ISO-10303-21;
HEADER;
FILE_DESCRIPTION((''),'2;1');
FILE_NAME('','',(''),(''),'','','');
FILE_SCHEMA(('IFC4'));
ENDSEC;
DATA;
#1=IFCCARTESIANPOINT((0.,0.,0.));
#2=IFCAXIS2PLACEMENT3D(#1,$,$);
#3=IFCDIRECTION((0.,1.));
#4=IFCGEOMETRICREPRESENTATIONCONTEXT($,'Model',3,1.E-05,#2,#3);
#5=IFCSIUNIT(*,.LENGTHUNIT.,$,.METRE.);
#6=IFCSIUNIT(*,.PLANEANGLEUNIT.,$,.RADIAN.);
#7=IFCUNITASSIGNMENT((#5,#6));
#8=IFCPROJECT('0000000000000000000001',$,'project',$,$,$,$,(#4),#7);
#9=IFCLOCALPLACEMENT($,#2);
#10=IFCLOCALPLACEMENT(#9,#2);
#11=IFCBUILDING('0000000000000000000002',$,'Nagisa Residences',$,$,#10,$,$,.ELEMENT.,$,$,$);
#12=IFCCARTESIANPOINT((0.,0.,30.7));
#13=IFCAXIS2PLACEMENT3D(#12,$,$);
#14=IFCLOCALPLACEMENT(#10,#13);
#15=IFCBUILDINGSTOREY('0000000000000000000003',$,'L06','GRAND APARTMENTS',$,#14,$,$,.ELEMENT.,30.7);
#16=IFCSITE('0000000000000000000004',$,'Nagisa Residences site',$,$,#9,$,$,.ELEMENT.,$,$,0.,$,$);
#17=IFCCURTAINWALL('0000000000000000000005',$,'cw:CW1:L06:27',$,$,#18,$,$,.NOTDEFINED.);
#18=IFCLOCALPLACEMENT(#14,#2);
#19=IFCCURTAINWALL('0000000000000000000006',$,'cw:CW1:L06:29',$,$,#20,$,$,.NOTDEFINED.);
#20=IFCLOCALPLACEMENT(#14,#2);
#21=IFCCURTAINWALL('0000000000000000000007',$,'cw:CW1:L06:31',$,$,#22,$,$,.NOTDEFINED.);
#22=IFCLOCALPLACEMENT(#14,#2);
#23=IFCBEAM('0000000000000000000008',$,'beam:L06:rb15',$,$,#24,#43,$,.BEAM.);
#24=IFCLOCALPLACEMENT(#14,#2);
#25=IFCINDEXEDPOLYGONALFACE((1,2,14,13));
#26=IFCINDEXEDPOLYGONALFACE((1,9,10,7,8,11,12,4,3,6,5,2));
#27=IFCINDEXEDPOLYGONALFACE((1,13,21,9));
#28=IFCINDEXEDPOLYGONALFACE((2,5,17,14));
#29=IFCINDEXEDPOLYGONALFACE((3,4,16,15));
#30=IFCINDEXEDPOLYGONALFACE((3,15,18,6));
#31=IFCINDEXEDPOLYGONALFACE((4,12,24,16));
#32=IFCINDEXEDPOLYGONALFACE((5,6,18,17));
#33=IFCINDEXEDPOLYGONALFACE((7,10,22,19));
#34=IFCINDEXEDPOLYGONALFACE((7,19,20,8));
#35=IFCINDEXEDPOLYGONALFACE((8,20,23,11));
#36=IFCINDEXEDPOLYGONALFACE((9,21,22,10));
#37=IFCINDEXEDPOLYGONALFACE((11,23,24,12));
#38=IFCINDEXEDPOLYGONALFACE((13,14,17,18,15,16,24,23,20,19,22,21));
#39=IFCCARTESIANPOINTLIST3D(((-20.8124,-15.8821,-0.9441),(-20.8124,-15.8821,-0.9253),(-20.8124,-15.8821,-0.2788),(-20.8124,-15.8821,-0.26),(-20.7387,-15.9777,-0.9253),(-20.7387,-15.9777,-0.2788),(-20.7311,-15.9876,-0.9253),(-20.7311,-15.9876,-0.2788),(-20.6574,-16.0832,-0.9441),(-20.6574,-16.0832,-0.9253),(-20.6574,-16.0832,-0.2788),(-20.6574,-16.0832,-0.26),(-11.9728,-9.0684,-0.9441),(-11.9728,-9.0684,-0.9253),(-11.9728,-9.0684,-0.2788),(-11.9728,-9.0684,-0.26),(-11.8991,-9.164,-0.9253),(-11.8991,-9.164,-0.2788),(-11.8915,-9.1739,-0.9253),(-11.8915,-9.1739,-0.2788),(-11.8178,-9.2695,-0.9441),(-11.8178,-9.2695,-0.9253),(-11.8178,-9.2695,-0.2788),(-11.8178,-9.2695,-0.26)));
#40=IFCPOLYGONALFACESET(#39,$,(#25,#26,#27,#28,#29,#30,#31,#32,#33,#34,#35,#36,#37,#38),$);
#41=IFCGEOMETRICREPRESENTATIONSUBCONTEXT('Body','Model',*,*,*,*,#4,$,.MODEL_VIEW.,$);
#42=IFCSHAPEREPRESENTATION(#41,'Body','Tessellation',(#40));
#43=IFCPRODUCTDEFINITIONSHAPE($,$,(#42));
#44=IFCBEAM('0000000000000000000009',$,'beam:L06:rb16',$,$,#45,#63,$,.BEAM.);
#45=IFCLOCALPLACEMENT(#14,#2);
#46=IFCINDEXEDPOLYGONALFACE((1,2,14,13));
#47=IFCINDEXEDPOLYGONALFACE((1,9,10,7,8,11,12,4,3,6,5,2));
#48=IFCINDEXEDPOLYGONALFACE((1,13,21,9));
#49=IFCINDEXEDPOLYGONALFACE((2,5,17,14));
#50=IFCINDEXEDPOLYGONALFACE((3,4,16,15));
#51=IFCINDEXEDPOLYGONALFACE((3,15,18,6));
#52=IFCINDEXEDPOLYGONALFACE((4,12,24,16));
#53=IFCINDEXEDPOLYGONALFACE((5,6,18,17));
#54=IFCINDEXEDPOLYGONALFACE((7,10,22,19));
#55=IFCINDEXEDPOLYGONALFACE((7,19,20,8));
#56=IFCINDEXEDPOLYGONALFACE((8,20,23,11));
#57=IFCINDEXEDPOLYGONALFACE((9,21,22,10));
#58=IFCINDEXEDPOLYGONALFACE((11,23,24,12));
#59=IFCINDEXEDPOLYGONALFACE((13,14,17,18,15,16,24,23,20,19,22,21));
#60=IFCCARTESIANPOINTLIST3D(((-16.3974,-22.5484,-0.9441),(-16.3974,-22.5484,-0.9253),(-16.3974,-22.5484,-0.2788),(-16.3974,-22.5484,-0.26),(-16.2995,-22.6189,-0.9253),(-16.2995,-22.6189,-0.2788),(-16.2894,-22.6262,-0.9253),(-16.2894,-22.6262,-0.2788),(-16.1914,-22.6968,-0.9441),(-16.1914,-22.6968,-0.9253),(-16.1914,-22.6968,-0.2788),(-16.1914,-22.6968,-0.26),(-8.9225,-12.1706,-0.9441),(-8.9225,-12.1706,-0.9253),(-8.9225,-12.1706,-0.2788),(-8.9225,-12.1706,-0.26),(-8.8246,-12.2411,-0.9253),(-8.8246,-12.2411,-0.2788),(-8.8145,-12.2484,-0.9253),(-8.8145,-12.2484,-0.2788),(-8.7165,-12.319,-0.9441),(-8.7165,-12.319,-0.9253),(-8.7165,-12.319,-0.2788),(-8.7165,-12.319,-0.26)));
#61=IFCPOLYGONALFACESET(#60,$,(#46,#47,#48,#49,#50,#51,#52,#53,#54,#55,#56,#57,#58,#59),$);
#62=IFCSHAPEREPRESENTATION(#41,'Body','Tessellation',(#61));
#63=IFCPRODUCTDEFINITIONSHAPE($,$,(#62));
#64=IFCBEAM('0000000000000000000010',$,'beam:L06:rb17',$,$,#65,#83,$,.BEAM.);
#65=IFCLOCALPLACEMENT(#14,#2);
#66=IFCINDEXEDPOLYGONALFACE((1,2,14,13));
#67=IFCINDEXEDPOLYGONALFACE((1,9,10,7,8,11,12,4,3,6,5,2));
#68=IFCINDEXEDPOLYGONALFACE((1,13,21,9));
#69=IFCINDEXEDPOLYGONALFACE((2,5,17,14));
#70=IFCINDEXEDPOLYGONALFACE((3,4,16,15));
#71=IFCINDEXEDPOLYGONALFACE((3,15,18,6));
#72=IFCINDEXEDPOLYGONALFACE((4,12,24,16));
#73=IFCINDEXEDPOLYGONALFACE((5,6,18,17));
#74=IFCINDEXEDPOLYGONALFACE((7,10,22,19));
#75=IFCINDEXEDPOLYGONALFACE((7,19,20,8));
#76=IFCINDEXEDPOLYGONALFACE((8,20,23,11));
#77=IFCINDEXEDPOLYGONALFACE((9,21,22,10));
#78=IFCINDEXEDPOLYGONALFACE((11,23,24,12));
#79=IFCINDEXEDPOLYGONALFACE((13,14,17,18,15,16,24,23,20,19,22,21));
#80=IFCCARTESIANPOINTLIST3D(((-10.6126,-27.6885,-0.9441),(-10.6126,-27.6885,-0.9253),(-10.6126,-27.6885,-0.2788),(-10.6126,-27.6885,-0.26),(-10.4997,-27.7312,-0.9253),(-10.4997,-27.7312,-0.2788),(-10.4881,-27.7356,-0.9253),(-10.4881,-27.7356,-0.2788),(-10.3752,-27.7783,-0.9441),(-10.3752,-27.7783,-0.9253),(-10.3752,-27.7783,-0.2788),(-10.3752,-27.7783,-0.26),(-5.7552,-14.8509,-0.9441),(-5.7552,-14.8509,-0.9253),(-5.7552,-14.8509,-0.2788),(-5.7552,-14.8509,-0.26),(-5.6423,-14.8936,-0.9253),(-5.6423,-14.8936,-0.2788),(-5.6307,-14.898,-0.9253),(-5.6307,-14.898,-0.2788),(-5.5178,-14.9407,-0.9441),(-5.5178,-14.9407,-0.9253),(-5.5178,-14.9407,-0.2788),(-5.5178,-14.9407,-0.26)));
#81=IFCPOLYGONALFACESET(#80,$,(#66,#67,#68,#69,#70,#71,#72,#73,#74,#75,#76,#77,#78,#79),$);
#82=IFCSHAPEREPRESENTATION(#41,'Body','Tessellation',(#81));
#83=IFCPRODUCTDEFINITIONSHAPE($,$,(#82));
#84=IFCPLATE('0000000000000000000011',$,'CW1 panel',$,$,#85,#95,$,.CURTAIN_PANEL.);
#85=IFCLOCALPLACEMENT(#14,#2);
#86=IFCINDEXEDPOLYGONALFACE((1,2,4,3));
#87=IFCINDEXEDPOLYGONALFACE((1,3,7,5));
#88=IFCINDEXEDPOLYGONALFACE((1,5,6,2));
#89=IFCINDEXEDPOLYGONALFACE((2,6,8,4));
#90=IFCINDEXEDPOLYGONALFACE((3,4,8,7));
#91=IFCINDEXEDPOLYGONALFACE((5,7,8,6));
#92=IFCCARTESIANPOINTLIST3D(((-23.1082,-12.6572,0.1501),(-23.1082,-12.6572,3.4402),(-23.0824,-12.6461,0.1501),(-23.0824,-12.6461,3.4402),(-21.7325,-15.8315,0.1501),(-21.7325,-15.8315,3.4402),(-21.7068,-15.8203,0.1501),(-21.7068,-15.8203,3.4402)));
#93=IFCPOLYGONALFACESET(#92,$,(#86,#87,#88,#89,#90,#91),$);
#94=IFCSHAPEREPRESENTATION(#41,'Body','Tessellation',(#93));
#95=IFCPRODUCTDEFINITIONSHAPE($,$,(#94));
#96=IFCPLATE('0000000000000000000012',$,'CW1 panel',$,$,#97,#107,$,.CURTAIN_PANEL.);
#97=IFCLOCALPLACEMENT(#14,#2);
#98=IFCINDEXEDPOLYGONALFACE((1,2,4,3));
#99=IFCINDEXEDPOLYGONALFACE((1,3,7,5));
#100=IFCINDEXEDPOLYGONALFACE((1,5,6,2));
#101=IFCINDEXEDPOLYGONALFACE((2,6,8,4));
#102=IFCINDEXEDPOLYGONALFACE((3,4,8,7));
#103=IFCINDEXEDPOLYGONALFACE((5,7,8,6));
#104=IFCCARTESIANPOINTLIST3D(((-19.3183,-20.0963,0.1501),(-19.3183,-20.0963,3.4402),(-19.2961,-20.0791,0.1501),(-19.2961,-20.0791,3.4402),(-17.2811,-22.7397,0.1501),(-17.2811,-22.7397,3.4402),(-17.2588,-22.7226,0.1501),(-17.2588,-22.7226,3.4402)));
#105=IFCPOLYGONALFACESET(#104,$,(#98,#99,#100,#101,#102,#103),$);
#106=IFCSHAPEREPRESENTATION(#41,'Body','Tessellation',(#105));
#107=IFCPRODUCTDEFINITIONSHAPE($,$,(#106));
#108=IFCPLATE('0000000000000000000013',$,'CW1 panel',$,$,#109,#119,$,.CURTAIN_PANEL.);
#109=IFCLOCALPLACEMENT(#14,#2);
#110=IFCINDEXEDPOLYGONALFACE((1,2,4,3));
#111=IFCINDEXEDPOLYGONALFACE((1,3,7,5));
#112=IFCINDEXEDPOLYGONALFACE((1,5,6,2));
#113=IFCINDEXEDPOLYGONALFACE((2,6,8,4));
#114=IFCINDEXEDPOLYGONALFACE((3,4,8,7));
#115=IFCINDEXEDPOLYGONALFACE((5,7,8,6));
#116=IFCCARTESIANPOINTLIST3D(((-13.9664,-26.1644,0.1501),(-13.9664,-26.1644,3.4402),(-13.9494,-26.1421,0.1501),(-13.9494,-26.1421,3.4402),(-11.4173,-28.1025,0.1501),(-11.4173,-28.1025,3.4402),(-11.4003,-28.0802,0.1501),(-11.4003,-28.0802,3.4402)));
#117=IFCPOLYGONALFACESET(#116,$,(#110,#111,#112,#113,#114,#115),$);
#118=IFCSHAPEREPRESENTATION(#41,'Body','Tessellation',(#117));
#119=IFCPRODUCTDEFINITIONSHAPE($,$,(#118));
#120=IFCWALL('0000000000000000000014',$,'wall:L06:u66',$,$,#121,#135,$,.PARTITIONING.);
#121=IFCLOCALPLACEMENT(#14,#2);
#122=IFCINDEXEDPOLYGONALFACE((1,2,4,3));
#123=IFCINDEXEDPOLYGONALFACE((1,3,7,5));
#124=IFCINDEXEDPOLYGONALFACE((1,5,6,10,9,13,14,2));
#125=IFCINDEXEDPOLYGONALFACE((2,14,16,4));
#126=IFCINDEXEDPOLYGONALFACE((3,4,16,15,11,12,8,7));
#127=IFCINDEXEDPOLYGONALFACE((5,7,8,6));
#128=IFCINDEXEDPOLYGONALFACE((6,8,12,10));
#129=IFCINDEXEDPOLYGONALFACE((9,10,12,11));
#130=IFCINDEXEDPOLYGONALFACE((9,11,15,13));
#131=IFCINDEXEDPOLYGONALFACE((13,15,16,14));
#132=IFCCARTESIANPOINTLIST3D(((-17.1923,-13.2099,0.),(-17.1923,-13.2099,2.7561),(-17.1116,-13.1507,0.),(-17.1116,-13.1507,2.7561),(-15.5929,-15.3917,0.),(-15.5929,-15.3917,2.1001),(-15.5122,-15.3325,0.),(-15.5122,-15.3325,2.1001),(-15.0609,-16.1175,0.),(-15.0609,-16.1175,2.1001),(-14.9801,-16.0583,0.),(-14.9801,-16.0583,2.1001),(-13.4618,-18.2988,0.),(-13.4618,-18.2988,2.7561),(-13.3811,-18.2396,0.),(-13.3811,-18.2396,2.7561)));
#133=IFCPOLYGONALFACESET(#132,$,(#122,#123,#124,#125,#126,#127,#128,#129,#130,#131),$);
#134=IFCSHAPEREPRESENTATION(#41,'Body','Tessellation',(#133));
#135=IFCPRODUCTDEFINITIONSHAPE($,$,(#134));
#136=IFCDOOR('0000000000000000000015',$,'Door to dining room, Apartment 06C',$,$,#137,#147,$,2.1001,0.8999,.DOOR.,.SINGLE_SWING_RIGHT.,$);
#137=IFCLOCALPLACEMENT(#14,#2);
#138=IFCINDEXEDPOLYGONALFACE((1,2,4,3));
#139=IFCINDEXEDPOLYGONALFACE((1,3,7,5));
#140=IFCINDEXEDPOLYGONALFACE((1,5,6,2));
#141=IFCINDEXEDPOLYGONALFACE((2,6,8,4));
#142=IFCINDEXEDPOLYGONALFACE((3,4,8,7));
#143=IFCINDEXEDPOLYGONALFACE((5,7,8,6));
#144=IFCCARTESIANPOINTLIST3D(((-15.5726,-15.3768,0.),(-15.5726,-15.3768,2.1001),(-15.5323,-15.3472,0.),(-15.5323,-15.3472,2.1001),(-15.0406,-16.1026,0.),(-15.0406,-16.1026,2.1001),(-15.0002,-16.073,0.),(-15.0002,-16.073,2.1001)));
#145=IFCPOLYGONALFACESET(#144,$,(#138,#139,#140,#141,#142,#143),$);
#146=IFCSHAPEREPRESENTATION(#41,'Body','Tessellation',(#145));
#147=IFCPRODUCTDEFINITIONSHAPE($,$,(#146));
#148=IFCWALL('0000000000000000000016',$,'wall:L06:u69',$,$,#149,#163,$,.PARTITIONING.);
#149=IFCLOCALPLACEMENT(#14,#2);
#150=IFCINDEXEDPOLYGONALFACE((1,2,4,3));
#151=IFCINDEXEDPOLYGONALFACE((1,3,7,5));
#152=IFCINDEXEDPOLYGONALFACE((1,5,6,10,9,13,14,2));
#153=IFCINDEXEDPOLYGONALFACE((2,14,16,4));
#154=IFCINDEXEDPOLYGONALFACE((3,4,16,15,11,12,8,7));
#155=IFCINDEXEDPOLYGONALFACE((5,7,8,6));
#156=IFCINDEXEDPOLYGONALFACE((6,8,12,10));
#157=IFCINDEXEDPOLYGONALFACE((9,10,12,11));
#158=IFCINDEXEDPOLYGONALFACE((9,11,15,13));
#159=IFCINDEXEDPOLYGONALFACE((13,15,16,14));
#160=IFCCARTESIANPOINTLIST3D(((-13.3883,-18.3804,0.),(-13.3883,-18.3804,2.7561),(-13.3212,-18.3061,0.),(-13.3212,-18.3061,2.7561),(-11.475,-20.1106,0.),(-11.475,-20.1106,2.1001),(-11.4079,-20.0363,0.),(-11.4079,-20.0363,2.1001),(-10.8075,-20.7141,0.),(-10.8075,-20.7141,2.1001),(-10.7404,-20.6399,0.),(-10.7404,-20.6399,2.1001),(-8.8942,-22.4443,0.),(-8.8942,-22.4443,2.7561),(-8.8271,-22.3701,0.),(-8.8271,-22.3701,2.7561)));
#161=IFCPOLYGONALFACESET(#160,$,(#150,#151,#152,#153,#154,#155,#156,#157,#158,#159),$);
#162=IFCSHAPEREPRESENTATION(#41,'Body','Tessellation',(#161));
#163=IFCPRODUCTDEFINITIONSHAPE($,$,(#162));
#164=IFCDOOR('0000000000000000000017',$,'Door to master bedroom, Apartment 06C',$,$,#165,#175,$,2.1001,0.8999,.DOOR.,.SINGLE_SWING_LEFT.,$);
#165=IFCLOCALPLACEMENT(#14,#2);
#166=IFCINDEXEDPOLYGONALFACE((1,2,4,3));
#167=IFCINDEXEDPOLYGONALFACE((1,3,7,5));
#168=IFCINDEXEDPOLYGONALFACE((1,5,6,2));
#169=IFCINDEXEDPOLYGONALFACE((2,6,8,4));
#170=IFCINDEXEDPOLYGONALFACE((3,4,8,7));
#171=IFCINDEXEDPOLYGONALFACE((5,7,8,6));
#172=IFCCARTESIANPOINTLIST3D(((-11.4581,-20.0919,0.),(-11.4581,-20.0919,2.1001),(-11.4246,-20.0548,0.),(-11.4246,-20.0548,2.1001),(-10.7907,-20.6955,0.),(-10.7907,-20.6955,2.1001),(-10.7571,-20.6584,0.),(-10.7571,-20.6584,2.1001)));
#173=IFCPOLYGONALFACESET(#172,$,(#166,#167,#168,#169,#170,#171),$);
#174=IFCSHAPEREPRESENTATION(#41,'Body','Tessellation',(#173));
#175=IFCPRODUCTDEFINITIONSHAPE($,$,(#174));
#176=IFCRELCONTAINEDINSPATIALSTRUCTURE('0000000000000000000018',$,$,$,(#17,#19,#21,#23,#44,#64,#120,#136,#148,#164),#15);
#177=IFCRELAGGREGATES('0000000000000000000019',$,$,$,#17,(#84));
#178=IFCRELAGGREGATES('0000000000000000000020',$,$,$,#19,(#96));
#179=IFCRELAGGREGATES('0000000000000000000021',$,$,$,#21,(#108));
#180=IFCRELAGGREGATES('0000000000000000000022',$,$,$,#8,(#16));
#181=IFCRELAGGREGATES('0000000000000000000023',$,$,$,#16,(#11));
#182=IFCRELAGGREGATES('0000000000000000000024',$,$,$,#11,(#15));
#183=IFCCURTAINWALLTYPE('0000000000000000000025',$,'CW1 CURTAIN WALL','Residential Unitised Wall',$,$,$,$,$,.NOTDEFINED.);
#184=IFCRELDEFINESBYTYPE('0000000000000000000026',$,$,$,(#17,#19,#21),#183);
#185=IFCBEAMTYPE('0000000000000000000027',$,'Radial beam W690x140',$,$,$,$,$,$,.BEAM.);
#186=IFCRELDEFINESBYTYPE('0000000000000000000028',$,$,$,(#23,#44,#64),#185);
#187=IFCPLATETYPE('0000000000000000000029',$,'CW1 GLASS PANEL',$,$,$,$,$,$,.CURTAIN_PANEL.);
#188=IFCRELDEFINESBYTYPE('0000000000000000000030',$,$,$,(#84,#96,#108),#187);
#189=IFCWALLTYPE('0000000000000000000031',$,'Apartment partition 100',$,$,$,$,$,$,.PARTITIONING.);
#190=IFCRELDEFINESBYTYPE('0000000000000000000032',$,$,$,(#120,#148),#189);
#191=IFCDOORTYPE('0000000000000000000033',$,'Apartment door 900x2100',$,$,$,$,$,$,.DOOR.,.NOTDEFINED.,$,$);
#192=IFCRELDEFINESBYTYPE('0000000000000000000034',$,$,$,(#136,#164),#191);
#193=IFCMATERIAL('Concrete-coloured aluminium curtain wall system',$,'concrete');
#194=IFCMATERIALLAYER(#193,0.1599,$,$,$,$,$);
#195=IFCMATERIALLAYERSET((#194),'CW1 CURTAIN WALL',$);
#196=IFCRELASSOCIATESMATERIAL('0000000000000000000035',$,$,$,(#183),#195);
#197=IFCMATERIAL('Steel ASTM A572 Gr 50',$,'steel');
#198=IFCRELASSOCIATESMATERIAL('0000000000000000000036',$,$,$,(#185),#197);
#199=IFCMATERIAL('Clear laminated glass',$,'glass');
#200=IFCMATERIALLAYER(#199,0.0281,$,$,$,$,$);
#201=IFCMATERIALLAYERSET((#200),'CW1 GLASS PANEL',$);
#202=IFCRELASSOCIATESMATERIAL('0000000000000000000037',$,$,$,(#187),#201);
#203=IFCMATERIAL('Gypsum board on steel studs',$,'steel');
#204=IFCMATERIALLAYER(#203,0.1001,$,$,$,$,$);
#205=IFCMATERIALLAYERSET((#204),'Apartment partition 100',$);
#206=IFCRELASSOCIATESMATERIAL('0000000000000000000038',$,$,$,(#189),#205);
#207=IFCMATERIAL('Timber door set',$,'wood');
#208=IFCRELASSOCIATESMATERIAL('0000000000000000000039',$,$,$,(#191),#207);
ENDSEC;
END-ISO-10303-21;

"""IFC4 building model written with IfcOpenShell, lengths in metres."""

from ifc_helpers import new_model, si_unit, direction, frame, frame_2d, origin, origin_2d, place, context, subcontext, project, spatial, rectangle, i_section, extrude, material, layer, layer_set, material_profile, profile_set, type_object, element, fill, aggregate, save


model = new_model("IFC4")

# Units and contexts
model_context = context("Model", 3, precision=1e-05, world=origin(), true_north=direction((0.0, 1.0)))
body_context = subcontext(model_context, "Body", "Model", "MODEL_VIEW")
ifc_project = project(units=[si_unit("LENGTHUNIT", "METRE"), si_unit("PLANEANGLEUNIT", "RADIAN")], contexts=[model_context])

# Site, building, storey
site_placement = place(None, origin())
site = spatial("IfcSite", under=ifc_project, at=site_placement, Name="Nagisa Residences site", CompositionType="ELEMENT", RefElevation=0.0)
building_placement = place(site_placement, origin())
building = spatial("IfcBuilding", under=site, at=building_placement, Name="Nagisa Residences", CompositionType="ELEMENT")
storey_placement = place(building_placement, frame((0.0, 0.0, 30.7)))
storey = spatial("IfcBuildingStorey", under=building, at=storey_placement, Name="L06", Description="GRAND APARTMENTS", CompositionType="ELEMENT", Elevation=30.7)

# Curtain walls
ifc_material_1 = material(Name="Concrete-coloured aluminium curtain wall system", Category="concrete")
ifc_layer_1 = layer(ifc_material_1, 0.1599)
ifc_layer_set_1 = layer_set([ifc_layer_1], Name="CW1 CURTAIN WALL")
curtain_wall_type = type_object("IfcCurtainWallType", Name="CW1 CURTAIN WALL", Description="Residential Unitised Wall", PredefinedType="NOTDEFINED", material=ifc_layer_set_1)
curtain_wall_1_placement = place(storey_placement, origin())
curtain_wall_1 = element("IfcCurtainWall", 1, at=curtain_wall_1_placement, inside=storey, type_object=curtain_wall_type, Name="cw:CW1:L06:27", PredefinedType="NOTDEFINED")
curtain_wall_2_placement = place(storey_placement, origin())
curtain_wall_2 = element("IfcCurtainWall", 2, at=curtain_wall_2_placement, inside=storey, type_object=curtain_wall_type, Name="cw:CW1:L06:29", PredefinedType="NOTDEFINED")
curtain_wall_3_placement = place(storey_placement, origin())
curtain_wall_3 = element("IfcCurtainWall", 3, at=curtain_wall_3_placement, inside=storey, type_object=curtain_wall_type, Name="cw:CW1:L06:31", PredefinedType="NOTDEFINED")

# Beams
ifc_material_2 = material(Name="Steel ASTM A572 Gr 50", Category="steel")
ifc_material_profile_1 = material_profile(ifc_material_2, i_section(OverallWidth=0.2539, OverallDepth=0.6841, WebThickness=0.0125, FlangeThickness=0.0188, at=origin_2d()), Name="W690x140")
ifc_profile_set_1 = profile_set([ifc_material_profile_1], Name="Steel ASTM A572 Gr 50")
beam_type_1 = type_object("IfcBeamType", Name="Radial beam W690x140", PredefinedType="BEAM", material=ifc_profile_set_1)
beam_1_placement = place(storey_placement, frame((-20.7349, -15.9827, -0.6021), z_axis=(0.792016, 0.6105, 0.0), x_axis=(-0.6105, 0.792016, 0.0)))
element("IfcBeam", 4, at=beam_1_placement, inside=storey, type_object=beam_type_1, Name="beam:L06:rb15", PredefinedType="BEAM", context=body_context, shape_type="SweptSolid", body=[
    extrude(i_section(OverallWidth=0.2539, OverallDepth=0.6841, WebThickness=0.0125, FlangeThickness=0.0188, at=origin_2d()), origin(), (0.0, 0.0, 1.0), 11.1609),
])
beam_2_placement = place(storey_placement, frame((-16.2944, -22.6226, -0.6021), z_axis=(0.584455, 0.811426, 0.0), x_axis=(-0.811426, 0.584455, 0.0)))
element("IfcBeam", 5, at=beam_2_placement, inside=storey, type_object=beam_type_1, Name="beam:L06:rb16", PredefinedType="BEAM", context=body_context, shape_type="SweptSolid", body=[
    extrude(i_section(OverallWidth=0.2539, OverallDepth=0.6841, WebThickness=0.0125, FlangeThickness=0.0188, at=origin_2d()), origin(), (0.0, 0.0, 1.0), 12.7896),
])
beam_3_placement = place(storey_placement, frame((-10.4939, -27.7334, -0.6021), z_axis=(0.353888, 0.935288, 0.0), x_axis=(-0.935288, 0.353888, 0.0)))
element("IfcBeam", 6, at=beam_3_placement, inside=storey, type_object=beam_type_1, Name="beam:L06:rb17", PredefinedType="BEAM", context=body_context, shape_type="SweptSolid", body=[
    extrude(i_section(OverallWidth=0.2539, OverallDepth=0.6841, WebThickness=0.0125, FlangeThickness=0.0188, at=origin_2d()), origin(), (0.0, 0.0, 1.0), 13.7258),
])

# Plates
ifc_material_3 = material(Name="Clear laminated glass", Category="glass")
ifc_layer_2 = layer(ifc_material_3, 0.0281)
ifc_layer_set_2 = layer_set([ifc_layer_2], Name="CW1 GLASS PANEL")
plate_type = type_object("IfcPlateType", Name="CW1 GLASS PANEL", PredefinedType="CURTAIN_PANEL", material=ifc_layer_set_2)
plate_1_placement = place(storey_placement, frame((-22.4075, -14.2388, 0.1501), z_axis=(0.0, 0.0, 1.0), x_axis=(0.397636, -0.917543, 0.0)))
plate_1 = element("IfcPlate", 7, at=plate_1_placement, type_object=plate_type, Name="CW1 panel", PredefinedType="CURTAIN_PANEL", context=body_context, shape_type="SweptSolid", body=[
    extrude(rectangle(XDim=3.4595, YDim=0.0281, at=origin_2d()), origin(), (0.0, 0.0, 1.0), 3.29),
])
aggregate(curtain_wall_1, [plate_1])
plate_2_placement = place(storey_placement, frame((-18.2886, -21.4094, 0.1501), z_axis=(0.0, 0.0, 1.0), x_axis=(0.61043, -0.79207, 0.0)))
plate_2 = element("IfcPlate", 8, at=plate_2_placement, type_object=plate_type, Name="CW1 panel", PredefinedType="CURTAIN_PANEL", context=body_context, shape_type="SweptSolid", body=[
    extrude(rectangle(XDim=3.3374, YDim=0.0281, at=origin_2d()), origin(), (0.0, 0.0, 1.0), 3.29),
])
aggregate(curtain_wall_2, [plate_2])
plate_3_placement = place(storey_placement, frame((-12.6833, -27.1223, 0.1501), z_axis=(0.0, 0.0, 1.0), x_axis=(0.796031, -0.605255, 0.0)))
plate_3 = element("IfcPlate", 9, at=plate_3_placement, type_object=plate_type, Name="CW1 panel", PredefinedType="CURTAIN_PANEL", context=body_context, shape_type="SweptSolid", body=[
    extrude(rectangle(XDim=3.2021, YDim=0.0281, at=origin_2d()), origin(), (0.0, 0.0, 1.0), 3.29),
])
aggregate(curtain_wall_3, [plate_3])

# Walls, openings, doors
ifc_material_4 = material(Name="Gypsum board on steel studs", Category="steel")
ifc_layer_3 = layer(ifc_material_4, 0.1001)
ifc_layer_set_3 = layer_set([ifc_layer_3], Name="Apartment partition 100")
wall_type_1 = type_object("IfcWallType", Name="Apartment partition 100", PredefinedType="PARTITIONING", material=ifc_layer_set_3)
wall_1_placement = place(storey_placement, frame((-17.1519, -13.1804, 0.0), z_axis=(0.0, 0.0, 1.0), x_axis=(0.591223, -0.806508, 0.0)))
wall_1 = element("IfcWall", 10, at=wall_1_placement, inside=storey, type_object=wall_type_1, Name="wall:L06:u66", PredefinedType="PARTITIONING", context=body_context, shape_type="SweptSolid", body=[
    extrude(rectangle(XDim=6.3098, YDim=0.1001, at=frame_2d((3.1548, 0.0))), origin(), (0.0, 0.0, 1.0), 2.7561),
])
opening_1_placement = place(wall_1_placement, frame((2.7051, 0.0, 0.0)))
opening_1 = element("IfcOpeningElement", 11, at=opening_1_placement, cuts=wall_1, PredefinedType="OPENING", context=body_context, shape_type="SweptSolid", body=[
    extrude(rectangle(XDim=0.8999, YDim=2.1001, at=frame_2d((0.45, 1.05))), frame((0.0, 0.0601, 0.0), z_axis=(0.0, -1.0, 0.0), x_axis=(1.0, 0.0, 0.0)), (0.0, 0.0, 1.0), 0.1201),
])
ifc_material_5 = material(Name="Timber door set", Category="wood")
door_type_1 = type_object("IfcDoorType", Name="Apartment door 900x2100", OperationType="NOTDEFINED", PredefinedType="DOOR", material=ifc_material_5)
door_1_placement = place(opening_1_placement, frame((0.8999, 0.0, 0.0), x_axis=(-1.0, 0.0, 0.0)))
door_1 = element("IfcDoor", 12, at=door_1_placement, inside=storey, type_object=door_type_1, Name="Door to dining room, Apartment 06C", OperationType="SINGLE_SWING_RIGHT", OverallHeight=2.1001, OverallWidth=0.8999, PredefinedType="DOOR", context=body_context, shape_type="SweptSolid", body=[
    extrude(rectangle(XDim=0.8999, YDim=2.1001, at=frame_2d((0.45, 1.05))), frame((0.0, 0.0249, 0.0), z_axis=(0.0, -1.0, 0.0), x_axis=(1.0, 0.0, 0.0)), (0.0, 0.0, 1.0), 0.05),
])
fill(opening_1, door_1)
wall_2_placement = place(storey_placement, frame((-13.3547, -18.3433, 0.0), z_axis=(0.0, 0.0, 1.0), x_axis=(0.741713, -0.670717, 0.0)))
wall_2 = element("IfcWall", 13, at=wall_2_placement, inside=storey, type_object=wall_type_1, Name="wall:L06:u69", PredefinedType="PARTITIONING", context=body_context, shape_type="SweptSolid", body=[
    extrude(rectangle(XDim=6.0591, YDim=0.1001, at=frame_2d((3.0295, 0.0))), origin(), (0.0, 0.0, 1.0), 2.7561),
])
opening_2_placement = place(wall_2_placement, frame((2.5796, 0.0, 0.0)))
opening_2 = element("IfcOpeningElement", 14, at=opening_2_placement, cuts=wall_2, PredefinedType="OPENING", context=body_context, shape_type="SweptSolid", body=[
    extrude(rectangle(XDim=0.8999, YDim=2.1001, at=frame_2d((0.45, 1.05))), frame((0.0, 0.0601, 0.0), z_axis=(0.0, -1.0, 0.0), x_axis=(1.0, 0.0, 0.0)), (0.0, 0.0, 1.0), 0.1201),
])
door_2_placement = place(opening_2_placement, frame((0.8999, 0.0, 0.0), x_axis=(-1.0, 0.0, 0.0)))
door_2 = element("IfcDoor", 15, at=door_2_placement, inside=storey, type_object=door_type_1, Name="Door to master bedroom, Apartment 06C", OperationType="SINGLE_SWING_LEFT", OverallHeight=2.1001, OverallWidth=0.8999, PredefinedType="DOOR", context=body_context, shape_type="SweptSolid", body=[
    extrude(rectangle(XDim=0.8999, YDim=2.1001, at=frame_2d((0.45, 1.05))), frame((0.0, 0.0249, 0.0), z_axis=(0.0, -1.0, 0.0), x_axis=(1.0, 0.0, 0.0)), (0.0, 0.0, 1.0), 0.05),
])
fill(opening_2, door_2)

save(model, "model.ifc")
